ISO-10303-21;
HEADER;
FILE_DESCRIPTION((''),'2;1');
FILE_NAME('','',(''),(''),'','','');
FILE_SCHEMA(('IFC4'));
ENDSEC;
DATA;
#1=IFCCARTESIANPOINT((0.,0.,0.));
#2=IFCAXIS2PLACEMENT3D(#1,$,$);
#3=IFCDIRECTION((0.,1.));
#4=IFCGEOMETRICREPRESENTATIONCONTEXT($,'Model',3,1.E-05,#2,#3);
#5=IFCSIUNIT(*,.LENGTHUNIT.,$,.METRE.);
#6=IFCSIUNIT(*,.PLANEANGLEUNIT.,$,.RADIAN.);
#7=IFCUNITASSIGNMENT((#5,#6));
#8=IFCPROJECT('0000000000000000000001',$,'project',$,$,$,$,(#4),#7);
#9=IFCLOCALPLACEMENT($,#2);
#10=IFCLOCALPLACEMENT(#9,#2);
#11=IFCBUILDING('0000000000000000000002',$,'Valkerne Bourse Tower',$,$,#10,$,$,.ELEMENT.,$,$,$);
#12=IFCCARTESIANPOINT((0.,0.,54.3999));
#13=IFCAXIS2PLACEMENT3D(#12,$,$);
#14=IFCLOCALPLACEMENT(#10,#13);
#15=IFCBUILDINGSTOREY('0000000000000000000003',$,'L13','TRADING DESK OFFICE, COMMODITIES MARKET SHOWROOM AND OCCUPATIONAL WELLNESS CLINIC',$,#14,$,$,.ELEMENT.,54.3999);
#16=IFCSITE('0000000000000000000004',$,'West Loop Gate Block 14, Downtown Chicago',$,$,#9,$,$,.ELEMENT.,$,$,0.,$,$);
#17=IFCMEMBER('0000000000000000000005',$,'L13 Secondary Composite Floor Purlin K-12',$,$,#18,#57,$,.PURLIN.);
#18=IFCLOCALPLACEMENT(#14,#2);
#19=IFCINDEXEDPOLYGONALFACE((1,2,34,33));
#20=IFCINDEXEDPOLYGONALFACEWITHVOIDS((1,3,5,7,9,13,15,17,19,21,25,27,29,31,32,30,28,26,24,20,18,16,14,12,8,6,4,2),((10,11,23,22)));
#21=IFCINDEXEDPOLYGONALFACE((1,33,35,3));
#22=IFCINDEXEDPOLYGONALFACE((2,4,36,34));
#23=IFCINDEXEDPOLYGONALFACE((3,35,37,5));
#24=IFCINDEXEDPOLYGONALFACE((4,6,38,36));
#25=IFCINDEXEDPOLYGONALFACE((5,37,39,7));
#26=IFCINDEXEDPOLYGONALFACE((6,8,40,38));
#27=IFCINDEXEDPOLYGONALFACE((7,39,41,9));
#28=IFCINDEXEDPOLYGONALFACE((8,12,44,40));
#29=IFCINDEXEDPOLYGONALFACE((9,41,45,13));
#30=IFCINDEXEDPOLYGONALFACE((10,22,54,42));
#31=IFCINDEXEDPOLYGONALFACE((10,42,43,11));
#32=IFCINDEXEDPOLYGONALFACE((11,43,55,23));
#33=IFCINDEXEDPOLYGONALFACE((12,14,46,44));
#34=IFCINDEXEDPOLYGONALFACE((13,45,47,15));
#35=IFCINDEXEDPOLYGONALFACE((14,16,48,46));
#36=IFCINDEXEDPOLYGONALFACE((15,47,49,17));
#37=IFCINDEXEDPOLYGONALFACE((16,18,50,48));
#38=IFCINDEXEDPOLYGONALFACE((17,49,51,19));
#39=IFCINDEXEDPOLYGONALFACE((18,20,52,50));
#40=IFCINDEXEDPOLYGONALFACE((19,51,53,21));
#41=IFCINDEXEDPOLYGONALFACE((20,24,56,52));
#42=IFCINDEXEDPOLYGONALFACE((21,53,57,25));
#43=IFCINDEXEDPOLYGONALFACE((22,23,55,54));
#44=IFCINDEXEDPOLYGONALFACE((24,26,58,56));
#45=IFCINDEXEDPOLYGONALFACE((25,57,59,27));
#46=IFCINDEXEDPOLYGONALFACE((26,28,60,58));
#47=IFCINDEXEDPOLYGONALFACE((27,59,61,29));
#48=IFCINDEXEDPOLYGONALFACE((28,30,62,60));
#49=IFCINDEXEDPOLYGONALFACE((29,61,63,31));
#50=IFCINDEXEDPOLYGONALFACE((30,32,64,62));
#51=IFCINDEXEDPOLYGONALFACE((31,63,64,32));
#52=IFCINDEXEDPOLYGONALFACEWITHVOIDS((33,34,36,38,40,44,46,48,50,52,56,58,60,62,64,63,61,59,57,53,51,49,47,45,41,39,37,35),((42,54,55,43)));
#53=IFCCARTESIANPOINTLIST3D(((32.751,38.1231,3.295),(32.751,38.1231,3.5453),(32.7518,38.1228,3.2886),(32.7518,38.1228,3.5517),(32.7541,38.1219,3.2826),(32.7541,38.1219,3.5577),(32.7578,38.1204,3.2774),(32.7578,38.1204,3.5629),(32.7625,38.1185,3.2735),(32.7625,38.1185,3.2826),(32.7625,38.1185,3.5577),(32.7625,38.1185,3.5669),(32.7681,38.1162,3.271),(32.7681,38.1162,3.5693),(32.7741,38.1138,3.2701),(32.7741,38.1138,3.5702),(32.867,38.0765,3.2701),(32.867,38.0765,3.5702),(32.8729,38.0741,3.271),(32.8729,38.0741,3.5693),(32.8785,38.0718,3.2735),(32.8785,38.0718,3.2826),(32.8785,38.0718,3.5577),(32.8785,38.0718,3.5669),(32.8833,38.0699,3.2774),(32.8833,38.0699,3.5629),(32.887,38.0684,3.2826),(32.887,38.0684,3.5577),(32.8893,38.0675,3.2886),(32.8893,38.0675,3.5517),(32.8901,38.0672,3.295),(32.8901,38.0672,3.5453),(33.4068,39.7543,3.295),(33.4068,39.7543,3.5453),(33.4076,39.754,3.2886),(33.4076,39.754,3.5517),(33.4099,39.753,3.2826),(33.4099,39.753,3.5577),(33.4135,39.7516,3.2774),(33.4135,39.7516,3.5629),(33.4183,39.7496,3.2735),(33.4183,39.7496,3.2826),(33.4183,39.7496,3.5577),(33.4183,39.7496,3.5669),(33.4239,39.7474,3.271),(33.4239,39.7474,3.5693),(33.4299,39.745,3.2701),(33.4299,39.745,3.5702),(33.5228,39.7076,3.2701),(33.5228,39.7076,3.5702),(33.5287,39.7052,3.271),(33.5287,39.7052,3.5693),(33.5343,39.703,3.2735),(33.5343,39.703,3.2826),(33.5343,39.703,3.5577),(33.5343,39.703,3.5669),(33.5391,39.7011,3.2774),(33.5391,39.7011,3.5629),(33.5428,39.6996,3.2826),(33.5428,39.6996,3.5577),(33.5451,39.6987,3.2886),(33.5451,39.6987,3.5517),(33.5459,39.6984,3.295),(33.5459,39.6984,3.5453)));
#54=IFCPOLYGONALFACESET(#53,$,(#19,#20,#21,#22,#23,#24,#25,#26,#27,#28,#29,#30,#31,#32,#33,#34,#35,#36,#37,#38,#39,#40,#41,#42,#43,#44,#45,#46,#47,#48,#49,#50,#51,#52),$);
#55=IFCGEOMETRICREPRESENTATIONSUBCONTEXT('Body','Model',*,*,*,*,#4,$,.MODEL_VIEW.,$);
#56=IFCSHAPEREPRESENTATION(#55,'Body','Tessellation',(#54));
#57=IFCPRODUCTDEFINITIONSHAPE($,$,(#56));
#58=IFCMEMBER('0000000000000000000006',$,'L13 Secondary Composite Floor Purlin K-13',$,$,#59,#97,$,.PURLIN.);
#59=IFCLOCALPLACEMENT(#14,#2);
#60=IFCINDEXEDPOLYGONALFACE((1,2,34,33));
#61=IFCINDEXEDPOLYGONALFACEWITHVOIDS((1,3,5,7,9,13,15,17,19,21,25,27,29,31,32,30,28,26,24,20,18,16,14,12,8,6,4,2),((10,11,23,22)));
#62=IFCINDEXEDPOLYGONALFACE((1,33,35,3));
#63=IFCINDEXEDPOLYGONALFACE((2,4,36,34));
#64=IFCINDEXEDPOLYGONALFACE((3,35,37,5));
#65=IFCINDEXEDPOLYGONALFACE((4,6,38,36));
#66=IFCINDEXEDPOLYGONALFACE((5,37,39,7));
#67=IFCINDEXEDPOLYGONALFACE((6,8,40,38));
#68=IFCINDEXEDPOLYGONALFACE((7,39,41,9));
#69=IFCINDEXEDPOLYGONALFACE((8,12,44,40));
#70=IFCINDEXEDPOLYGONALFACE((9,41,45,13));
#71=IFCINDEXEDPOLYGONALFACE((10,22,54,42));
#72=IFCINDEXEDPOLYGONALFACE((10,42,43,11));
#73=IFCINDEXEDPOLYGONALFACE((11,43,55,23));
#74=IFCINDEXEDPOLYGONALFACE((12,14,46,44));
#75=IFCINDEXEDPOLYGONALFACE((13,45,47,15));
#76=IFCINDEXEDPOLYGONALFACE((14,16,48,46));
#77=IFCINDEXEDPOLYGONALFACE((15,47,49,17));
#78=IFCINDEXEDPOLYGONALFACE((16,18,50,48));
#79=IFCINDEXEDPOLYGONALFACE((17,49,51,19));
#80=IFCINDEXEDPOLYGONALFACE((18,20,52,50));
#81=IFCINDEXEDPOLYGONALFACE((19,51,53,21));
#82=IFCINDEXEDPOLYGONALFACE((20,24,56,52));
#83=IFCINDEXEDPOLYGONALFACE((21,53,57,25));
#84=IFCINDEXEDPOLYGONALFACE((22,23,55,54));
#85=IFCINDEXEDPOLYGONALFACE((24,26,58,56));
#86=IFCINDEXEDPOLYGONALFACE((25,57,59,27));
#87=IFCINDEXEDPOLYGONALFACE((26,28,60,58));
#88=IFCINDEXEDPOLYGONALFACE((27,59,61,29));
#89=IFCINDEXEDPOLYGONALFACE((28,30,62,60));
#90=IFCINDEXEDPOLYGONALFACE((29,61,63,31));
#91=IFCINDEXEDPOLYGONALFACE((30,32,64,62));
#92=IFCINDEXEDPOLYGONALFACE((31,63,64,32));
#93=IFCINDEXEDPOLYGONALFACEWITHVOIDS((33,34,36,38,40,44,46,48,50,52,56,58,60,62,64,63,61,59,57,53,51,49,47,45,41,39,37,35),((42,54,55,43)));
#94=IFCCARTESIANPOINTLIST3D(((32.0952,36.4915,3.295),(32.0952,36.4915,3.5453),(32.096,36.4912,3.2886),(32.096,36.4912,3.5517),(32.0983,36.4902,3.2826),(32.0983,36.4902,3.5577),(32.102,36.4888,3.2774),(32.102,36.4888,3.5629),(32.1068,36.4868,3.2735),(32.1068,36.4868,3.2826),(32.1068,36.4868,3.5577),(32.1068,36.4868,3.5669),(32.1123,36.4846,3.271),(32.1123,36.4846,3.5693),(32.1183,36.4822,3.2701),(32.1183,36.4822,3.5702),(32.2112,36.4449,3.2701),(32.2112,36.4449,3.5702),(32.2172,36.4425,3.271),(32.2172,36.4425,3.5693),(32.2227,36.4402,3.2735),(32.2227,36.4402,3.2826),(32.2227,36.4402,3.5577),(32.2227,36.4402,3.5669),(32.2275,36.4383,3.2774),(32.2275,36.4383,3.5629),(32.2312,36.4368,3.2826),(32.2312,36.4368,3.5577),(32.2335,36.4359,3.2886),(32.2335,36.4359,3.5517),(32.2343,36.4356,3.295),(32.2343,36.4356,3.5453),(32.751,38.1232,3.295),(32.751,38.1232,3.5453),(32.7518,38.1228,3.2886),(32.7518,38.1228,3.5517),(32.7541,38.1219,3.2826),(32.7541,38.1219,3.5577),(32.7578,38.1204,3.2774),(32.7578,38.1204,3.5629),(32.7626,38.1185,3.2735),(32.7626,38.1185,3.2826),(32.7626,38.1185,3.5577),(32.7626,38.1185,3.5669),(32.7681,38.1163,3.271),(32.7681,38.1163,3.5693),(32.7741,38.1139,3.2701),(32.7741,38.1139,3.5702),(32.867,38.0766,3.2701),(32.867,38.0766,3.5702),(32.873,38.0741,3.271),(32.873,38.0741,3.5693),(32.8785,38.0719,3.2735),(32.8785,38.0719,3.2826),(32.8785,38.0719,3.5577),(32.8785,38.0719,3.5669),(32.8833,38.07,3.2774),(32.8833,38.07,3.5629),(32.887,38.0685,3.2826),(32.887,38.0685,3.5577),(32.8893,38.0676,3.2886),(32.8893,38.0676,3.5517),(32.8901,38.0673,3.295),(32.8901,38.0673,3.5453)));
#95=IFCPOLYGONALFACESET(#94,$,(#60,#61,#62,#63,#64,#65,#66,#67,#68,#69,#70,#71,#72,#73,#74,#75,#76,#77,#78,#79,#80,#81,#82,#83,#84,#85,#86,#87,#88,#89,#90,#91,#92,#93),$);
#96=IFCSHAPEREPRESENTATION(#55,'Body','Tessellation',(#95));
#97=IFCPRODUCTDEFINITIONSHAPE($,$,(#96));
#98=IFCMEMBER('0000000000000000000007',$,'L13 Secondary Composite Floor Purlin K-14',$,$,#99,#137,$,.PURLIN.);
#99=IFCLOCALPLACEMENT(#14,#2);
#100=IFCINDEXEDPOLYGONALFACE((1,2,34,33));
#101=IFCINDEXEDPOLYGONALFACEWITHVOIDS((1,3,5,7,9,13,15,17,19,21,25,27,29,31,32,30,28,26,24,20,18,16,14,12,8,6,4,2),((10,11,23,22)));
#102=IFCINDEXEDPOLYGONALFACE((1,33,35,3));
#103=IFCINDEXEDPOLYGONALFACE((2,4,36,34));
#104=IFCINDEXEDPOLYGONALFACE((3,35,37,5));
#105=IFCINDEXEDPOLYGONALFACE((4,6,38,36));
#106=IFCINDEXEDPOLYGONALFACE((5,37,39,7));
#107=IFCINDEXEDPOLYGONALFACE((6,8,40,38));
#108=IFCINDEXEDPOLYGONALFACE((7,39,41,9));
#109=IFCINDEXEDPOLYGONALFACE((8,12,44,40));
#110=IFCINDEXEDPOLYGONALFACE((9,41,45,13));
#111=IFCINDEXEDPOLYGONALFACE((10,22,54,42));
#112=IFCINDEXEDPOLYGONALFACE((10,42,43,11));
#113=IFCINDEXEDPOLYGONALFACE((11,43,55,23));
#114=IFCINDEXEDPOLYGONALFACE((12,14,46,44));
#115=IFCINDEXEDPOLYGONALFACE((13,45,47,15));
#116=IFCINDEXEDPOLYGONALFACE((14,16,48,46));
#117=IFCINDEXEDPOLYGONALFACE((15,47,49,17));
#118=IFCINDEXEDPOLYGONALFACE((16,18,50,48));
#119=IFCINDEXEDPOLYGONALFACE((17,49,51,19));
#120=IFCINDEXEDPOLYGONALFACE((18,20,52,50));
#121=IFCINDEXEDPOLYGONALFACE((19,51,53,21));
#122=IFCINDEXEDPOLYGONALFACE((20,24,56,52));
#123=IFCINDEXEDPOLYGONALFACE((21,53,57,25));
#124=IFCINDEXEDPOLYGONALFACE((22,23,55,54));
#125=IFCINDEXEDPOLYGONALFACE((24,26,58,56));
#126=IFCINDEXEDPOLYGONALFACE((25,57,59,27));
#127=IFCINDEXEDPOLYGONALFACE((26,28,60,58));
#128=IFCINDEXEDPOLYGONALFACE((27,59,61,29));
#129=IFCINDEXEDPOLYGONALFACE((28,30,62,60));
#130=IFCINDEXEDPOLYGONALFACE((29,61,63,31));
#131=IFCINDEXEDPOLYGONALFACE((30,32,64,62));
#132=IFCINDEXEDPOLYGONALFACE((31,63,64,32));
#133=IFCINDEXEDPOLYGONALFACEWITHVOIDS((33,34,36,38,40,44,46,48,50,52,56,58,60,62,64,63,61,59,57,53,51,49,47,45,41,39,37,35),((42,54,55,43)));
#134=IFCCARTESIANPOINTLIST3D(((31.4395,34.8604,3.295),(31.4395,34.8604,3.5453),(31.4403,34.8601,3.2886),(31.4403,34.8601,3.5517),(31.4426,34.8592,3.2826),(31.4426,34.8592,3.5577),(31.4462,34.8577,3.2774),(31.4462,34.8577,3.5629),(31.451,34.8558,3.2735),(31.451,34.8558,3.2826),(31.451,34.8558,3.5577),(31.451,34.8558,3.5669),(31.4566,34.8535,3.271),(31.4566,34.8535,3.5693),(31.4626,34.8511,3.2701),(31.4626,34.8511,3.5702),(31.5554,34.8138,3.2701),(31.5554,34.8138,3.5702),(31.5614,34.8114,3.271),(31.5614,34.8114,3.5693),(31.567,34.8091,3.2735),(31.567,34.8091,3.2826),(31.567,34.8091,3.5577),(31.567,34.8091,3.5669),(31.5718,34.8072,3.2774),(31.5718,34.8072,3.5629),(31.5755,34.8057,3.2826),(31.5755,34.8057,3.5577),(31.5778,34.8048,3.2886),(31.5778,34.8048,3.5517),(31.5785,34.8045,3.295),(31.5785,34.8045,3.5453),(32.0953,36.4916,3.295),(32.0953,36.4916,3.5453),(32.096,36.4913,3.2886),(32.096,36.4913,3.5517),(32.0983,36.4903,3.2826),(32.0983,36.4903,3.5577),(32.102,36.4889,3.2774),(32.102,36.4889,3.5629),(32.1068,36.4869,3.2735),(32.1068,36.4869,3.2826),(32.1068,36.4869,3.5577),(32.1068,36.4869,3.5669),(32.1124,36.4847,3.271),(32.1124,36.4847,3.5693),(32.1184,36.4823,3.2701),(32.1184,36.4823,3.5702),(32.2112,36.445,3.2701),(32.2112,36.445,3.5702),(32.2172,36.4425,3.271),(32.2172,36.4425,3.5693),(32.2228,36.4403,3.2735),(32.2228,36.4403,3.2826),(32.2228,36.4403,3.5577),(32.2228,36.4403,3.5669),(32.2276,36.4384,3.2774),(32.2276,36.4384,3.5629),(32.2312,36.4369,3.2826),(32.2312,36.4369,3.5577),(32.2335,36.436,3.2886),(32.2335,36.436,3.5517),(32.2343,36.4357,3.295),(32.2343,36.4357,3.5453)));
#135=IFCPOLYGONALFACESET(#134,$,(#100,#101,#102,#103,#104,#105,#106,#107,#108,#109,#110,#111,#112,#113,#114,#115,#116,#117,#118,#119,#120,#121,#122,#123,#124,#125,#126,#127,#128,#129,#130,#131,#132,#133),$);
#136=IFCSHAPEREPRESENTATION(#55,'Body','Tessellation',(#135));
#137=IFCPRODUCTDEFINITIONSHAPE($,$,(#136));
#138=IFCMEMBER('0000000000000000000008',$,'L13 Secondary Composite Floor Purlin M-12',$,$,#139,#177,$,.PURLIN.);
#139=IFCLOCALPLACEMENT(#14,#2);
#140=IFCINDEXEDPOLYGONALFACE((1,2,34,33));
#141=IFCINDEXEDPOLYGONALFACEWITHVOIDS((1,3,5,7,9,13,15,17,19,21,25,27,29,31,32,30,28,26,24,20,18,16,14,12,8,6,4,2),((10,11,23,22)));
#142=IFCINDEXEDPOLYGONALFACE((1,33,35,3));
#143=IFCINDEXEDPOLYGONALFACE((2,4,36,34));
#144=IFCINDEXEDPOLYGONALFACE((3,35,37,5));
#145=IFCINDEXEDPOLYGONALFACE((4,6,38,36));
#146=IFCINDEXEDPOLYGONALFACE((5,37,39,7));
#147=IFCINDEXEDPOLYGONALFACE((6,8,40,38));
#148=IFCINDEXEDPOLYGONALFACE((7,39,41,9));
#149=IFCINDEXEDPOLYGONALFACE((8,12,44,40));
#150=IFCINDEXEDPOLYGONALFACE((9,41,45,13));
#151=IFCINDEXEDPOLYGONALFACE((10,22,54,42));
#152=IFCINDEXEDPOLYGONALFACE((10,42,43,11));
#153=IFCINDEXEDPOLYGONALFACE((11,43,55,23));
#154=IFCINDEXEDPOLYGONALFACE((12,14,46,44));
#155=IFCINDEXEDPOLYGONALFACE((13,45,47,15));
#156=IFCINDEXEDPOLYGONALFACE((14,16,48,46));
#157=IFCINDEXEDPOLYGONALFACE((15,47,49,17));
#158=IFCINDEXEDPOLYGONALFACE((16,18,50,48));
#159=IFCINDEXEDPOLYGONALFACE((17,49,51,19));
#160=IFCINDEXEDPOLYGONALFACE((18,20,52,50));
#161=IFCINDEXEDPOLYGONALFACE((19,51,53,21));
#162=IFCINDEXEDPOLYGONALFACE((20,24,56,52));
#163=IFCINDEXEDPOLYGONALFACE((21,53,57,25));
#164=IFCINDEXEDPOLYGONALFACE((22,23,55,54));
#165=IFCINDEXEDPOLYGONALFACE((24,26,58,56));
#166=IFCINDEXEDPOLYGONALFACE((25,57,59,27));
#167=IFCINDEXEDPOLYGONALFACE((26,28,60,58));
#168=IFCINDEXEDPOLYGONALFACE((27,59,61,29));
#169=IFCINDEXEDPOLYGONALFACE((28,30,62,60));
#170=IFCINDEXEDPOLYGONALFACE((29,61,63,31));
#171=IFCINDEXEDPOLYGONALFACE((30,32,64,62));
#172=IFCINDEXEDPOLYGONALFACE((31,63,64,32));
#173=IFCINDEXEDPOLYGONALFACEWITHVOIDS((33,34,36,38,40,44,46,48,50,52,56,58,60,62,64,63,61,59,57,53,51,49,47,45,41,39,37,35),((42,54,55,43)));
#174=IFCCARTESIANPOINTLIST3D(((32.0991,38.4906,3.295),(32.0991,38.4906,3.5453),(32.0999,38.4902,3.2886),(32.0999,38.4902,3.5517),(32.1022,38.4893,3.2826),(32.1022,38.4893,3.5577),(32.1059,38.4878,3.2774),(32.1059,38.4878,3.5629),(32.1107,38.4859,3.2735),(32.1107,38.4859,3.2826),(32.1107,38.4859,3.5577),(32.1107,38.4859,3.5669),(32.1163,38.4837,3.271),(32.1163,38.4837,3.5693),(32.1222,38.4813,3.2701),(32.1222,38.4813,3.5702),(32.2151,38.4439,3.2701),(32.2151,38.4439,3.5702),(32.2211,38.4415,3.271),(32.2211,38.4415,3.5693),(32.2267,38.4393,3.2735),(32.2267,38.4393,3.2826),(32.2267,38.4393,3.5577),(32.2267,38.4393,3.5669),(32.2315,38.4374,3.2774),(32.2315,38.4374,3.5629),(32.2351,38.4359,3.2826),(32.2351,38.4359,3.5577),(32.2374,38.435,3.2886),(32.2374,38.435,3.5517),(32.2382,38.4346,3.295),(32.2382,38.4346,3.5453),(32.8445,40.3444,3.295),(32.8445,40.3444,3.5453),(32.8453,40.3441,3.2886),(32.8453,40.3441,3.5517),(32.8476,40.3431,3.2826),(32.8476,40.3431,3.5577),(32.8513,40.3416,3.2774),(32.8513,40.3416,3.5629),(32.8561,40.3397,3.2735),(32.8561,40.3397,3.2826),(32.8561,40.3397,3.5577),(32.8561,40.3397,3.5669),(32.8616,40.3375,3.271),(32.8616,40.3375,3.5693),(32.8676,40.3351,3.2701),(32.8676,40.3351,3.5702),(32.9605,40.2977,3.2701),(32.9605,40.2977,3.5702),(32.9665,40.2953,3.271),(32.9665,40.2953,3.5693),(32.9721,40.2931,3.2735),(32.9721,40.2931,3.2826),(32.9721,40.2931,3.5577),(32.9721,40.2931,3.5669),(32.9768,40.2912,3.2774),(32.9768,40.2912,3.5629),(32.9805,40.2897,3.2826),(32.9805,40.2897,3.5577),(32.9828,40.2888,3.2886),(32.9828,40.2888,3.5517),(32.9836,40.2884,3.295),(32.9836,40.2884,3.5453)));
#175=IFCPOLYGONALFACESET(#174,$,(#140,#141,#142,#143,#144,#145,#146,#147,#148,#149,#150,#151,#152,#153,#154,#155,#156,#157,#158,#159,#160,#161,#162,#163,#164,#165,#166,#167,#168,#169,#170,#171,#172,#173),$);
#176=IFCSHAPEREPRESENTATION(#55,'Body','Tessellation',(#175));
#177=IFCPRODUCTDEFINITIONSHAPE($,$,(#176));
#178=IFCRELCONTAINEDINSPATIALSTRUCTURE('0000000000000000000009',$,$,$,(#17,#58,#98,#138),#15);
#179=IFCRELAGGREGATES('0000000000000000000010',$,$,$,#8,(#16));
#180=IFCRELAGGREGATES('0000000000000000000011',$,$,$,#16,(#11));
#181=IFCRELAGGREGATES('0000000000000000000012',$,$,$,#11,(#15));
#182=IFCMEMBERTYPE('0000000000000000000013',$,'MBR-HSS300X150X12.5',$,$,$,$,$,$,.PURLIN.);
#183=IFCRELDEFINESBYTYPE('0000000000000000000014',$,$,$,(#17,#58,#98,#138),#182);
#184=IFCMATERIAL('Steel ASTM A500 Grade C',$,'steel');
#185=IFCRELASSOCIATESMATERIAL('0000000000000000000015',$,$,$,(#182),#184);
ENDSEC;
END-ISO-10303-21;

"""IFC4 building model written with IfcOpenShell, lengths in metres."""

from ifc_helpers import new_model, si_unit, direction, frame, origin, origin_2d, place, context, subcontext, project, spatial, hollow_rectangle, extrude, material, material_profile, profile_set, type_object, element, save


model = new_model("IFC4")

# Units and contexts
model_context = context("Model", 3, precision=1e-05, world=origin(), true_north=direction((0.0, 1.0)))
body_context = subcontext(model_context, "Body", "Model", "MODEL_VIEW")
ifc_project = project(units=[si_unit("LENGTHUNIT", "METRE"), si_unit("PLANEANGLEUNIT", "RADIAN")], contexts=[model_context])

# Site, building, storey
site_placement = place(None, origin())
site = spatial("IfcSite", under=ifc_project, at=site_placement, Name="West Loop Gate Block 14, Downtown Chicago", CompositionType="ELEMENT", RefElevation=0.0)
building_placement = place(site_placement, origin())
building = spatial("IfcBuilding", under=site, at=building_placement, Name="Valkerne Bourse Tower", CompositionType="ELEMENT")
storey_placement = place(building_placement, frame((0.0, 0.0, 54.3999)))
storey = spatial("IfcBuildingStorey", under=building, at=storey_placement, Name="L13", Description="TRADING DESK OFFICE, COMMODITIES MARKET SHOWROOM AND OCCUPATIONAL WELLNESS CLINIC", CompositionType="ELEMENT", Elevation=54.3999)

# Members
ifc_material_1 = material(Name="Steel ASTM A500 Grade C", Category="steel")
ifc_material_profile_1 = material_profile(ifc_material_1, hollow_rectangle(XDim=0.1499, YDim=0.3, WallThickness=0.0125, OuterFilletRadius=0.0249, at=origin_2d()), Name="HSS300X150X12.5")
ifc_profile_set_1 = profile_set([ifc_material_profile_1], Name="Steel ASTM A500 Grade C")
member_type_1 = type_object("IfcMemberType", Name="MBR-HSS300X150X12.5", PredefinedType="PURLIN", material=ifc_profile_set_1)
member_1_placement = place(storey_placement, frame((33.4763, 39.7263, 3.4202), z_axis=(-0.373018, -0.927824, 0.0), x_axis=(0.927824, -0.373018, 0.0)))
element("IfcMember", 1, at=member_1_placement, inside=storey, type_object=member_type_1, Name="L13 Secondary Composite Floor Purlin K-12", PredefinedType="PURLIN", context=body_context, shape_type="SweptSolid", body=[
    extrude(hollow_rectangle(XDim=0.1499, YDim=0.3, WallThickness=0.0125, OuterFilletRadius=0.0249, at=origin_2d()), origin(), (0.0, 0.0, 1.0), 1.7581),
])
member_2_placement = place(storey_placement, frame((32.8206, 38.0952, 3.4202), z_axis=(-0.372922, -0.927863, 0.0), x_axis=(0.927863, -0.372922, 0.0)))
element("IfcMember", 2, at=member_2_placement, inside=storey, type_object=member_type_1, Name="L13 Secondary Composite Floor Purlin K-13", PredefinedType="PURLIN", context=body_context, shape_type="SweptSolid", body=[
    extrude(hollow_rectangle(XDim=0.1499, YDim=0.3, WallThickness=0.0125, OuterFilletRadius=0.0249, at=origin_2d()), origin(), (0.0, 0.0, 1.0), 1.7585),
])
member_3_placement = place(storey_placement, frame((32.1648, 36.4636, 3.4202), z_axis=(-0.373018, -0.927824, 0.0), x_axis=(0.927824, -0.373018, 0.0)))
element("IfcMember", 3, at=member_3_placement, inside=storey, type_object=member_type_1, Name="L13 Secondary Composite Floor Purlin K-14", PredefinedType="PURLIN", context=body_context, shape_type="SweptSolid", body=[
    extrude(hollow_rectangle(XDim=0.1499, YDim=0.3, WallThickness=0.0125, OuterFilletRadius=0.0249, at=origin_2d()), origin(), (0.0, 0.0, 1.0), 1.7581),
])
member_4_placement = place(storey_placement, frame((32.9141, 40.3164, 3.4202), z_axis=(-0.373054, -0.927809, 0.0), x_axis=(0.927809, -0.373054, 0.0)))
element("IfcMember", 4, at=member_4_placement, inside=storey, type_object=member_type_1, Name="L13 Secondary Composite Floor Purlin M-12", PredefinedType="PURLIN", context=body_context, shape_type="SweptSolid", body=[
    extrude(hollow_rectangle(XDim=0.1499, YDim=0.3, WallThickness=0.0125, OuterFilletRadius=0.0249, at=origin_2d()), origin(), (0.0, 0.0, 1.0), 1.998),
])

save(model, "model.ifc")
